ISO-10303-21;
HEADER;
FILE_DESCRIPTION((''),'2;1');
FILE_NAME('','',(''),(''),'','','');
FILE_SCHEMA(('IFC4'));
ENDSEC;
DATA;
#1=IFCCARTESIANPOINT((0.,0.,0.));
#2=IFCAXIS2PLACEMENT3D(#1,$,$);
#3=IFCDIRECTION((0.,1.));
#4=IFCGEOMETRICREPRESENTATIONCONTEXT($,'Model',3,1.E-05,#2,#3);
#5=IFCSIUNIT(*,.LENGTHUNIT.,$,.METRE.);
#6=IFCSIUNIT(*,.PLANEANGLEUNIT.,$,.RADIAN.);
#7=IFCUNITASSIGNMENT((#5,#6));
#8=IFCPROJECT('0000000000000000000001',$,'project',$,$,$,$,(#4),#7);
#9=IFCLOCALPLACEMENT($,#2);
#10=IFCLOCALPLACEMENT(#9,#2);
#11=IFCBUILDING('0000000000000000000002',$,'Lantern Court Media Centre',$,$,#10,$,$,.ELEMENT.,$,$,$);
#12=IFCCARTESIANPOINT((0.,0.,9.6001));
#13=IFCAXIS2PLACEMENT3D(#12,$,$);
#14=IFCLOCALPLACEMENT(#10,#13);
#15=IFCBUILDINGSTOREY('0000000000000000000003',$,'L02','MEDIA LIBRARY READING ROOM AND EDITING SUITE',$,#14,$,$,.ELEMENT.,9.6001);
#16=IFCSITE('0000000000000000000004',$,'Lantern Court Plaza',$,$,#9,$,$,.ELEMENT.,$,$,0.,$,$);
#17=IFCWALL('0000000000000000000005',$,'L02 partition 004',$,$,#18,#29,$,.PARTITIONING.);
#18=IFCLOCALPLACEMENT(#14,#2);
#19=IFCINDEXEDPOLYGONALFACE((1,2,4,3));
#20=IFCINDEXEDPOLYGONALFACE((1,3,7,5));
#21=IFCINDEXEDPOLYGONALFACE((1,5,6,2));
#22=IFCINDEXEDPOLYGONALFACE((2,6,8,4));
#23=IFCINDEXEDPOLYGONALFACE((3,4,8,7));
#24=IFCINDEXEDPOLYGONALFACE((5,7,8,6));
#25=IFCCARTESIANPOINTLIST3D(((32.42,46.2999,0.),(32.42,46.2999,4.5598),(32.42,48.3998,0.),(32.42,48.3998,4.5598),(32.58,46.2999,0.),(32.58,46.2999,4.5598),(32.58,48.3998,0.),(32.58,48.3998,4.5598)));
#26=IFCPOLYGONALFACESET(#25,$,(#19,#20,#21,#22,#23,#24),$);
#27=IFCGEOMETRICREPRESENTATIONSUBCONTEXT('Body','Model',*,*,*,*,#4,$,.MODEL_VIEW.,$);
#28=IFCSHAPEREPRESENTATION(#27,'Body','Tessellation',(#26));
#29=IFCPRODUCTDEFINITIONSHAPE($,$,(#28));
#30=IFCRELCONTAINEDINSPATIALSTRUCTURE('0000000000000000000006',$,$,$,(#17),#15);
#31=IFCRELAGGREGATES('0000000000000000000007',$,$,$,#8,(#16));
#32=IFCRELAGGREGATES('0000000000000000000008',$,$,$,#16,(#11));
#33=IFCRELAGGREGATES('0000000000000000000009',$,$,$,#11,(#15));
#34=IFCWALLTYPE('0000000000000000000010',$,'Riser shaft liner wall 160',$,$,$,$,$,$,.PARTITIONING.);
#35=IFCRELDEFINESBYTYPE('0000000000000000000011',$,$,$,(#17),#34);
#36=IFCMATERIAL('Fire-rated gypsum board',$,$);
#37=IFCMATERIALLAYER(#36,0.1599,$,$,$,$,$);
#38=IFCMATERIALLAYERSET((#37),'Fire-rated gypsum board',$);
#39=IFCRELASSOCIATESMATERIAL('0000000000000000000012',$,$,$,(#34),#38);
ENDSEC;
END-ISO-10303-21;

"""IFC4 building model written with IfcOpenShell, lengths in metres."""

from ifc_helpers import new_model, si_unit, direction, frame, frame_2d, origin, place, context, subcontext, project, spatial, rectangle, extrude, material, layer, layer_set, type_object, element, save


model = new_model("IFC4")

# Units and contexts
model_context = context("Model", 3, precision=1e-05, world=origin(), true_north=direction((0.0, 1.0)))
body_context = subcontext(model_context, "Body", "Model", "MODEL_VIEW")
ifc_project = project(units=[si_unit("LENGTHUNIT", "METRE"), si_unit("PLANEANGLEUNIT", "RADIAN")], contexts=[model_context])

# Site, building, storey
site_placement = place(None, origin())
site = spatial("IfcSite", under=ifc_project, at=site_placement, Name="Lantern Court Plaza", CompositionType="ELEMENT", RefElevation=0.0)
building_placement = place(site_placement, origin())
building = spatial("IfcBuilding", under=site, at=building_placement, Name="Lantern Court Media Centre", CompositionType="ELEMENT")
storey_placement = place(building_placement, frame((0.0, 0.0, 9.6001)))
storey = spatial("IfcBuildingStorey", under=building, at=storey_placement, Name="L02", Description="MEDIA LIBRARY READING ROOM AND EDITING SUITE", CompositionType="ELEMENT", Elevation=9.6001)

# Wall
ifc_material_1 = material(Name="Fire-rated gypsum board")
ifc_layer_1 = layer(ifc_material_1, 0.1599)
ifc_layer_set_1 = layer_set([ifc_layer_1], Name="Fire-rated gypsum board")
wall_type = type_object("IfcWallType", Name="Riser shaft liner wall 160", PredefinedType="PARTITIONING", material=ifc_layer_set_1)
wall_placement = place(storey_placement, frame((32.5, 46.3, 0.0), z_axis=(0.0, 0.0, 1.0), x_axis=(0.0, 1.0, 0.0)))
element("IfcWall", 1, at=wall_placement, inside=storey, type_object=wall_type, Name="L02 partition 004", PredefinedType="PARTITIONING", context=body_context, shape_type="SweptSolid", body=[
    extrude(rectangle(XDim=2.0999, YDim=0.1599, at=frame_2d((1.0498, 0.0))), origin(), (0.0, 0.0, 1.0), 4.5598),
])

save(model, "model.ifc")
